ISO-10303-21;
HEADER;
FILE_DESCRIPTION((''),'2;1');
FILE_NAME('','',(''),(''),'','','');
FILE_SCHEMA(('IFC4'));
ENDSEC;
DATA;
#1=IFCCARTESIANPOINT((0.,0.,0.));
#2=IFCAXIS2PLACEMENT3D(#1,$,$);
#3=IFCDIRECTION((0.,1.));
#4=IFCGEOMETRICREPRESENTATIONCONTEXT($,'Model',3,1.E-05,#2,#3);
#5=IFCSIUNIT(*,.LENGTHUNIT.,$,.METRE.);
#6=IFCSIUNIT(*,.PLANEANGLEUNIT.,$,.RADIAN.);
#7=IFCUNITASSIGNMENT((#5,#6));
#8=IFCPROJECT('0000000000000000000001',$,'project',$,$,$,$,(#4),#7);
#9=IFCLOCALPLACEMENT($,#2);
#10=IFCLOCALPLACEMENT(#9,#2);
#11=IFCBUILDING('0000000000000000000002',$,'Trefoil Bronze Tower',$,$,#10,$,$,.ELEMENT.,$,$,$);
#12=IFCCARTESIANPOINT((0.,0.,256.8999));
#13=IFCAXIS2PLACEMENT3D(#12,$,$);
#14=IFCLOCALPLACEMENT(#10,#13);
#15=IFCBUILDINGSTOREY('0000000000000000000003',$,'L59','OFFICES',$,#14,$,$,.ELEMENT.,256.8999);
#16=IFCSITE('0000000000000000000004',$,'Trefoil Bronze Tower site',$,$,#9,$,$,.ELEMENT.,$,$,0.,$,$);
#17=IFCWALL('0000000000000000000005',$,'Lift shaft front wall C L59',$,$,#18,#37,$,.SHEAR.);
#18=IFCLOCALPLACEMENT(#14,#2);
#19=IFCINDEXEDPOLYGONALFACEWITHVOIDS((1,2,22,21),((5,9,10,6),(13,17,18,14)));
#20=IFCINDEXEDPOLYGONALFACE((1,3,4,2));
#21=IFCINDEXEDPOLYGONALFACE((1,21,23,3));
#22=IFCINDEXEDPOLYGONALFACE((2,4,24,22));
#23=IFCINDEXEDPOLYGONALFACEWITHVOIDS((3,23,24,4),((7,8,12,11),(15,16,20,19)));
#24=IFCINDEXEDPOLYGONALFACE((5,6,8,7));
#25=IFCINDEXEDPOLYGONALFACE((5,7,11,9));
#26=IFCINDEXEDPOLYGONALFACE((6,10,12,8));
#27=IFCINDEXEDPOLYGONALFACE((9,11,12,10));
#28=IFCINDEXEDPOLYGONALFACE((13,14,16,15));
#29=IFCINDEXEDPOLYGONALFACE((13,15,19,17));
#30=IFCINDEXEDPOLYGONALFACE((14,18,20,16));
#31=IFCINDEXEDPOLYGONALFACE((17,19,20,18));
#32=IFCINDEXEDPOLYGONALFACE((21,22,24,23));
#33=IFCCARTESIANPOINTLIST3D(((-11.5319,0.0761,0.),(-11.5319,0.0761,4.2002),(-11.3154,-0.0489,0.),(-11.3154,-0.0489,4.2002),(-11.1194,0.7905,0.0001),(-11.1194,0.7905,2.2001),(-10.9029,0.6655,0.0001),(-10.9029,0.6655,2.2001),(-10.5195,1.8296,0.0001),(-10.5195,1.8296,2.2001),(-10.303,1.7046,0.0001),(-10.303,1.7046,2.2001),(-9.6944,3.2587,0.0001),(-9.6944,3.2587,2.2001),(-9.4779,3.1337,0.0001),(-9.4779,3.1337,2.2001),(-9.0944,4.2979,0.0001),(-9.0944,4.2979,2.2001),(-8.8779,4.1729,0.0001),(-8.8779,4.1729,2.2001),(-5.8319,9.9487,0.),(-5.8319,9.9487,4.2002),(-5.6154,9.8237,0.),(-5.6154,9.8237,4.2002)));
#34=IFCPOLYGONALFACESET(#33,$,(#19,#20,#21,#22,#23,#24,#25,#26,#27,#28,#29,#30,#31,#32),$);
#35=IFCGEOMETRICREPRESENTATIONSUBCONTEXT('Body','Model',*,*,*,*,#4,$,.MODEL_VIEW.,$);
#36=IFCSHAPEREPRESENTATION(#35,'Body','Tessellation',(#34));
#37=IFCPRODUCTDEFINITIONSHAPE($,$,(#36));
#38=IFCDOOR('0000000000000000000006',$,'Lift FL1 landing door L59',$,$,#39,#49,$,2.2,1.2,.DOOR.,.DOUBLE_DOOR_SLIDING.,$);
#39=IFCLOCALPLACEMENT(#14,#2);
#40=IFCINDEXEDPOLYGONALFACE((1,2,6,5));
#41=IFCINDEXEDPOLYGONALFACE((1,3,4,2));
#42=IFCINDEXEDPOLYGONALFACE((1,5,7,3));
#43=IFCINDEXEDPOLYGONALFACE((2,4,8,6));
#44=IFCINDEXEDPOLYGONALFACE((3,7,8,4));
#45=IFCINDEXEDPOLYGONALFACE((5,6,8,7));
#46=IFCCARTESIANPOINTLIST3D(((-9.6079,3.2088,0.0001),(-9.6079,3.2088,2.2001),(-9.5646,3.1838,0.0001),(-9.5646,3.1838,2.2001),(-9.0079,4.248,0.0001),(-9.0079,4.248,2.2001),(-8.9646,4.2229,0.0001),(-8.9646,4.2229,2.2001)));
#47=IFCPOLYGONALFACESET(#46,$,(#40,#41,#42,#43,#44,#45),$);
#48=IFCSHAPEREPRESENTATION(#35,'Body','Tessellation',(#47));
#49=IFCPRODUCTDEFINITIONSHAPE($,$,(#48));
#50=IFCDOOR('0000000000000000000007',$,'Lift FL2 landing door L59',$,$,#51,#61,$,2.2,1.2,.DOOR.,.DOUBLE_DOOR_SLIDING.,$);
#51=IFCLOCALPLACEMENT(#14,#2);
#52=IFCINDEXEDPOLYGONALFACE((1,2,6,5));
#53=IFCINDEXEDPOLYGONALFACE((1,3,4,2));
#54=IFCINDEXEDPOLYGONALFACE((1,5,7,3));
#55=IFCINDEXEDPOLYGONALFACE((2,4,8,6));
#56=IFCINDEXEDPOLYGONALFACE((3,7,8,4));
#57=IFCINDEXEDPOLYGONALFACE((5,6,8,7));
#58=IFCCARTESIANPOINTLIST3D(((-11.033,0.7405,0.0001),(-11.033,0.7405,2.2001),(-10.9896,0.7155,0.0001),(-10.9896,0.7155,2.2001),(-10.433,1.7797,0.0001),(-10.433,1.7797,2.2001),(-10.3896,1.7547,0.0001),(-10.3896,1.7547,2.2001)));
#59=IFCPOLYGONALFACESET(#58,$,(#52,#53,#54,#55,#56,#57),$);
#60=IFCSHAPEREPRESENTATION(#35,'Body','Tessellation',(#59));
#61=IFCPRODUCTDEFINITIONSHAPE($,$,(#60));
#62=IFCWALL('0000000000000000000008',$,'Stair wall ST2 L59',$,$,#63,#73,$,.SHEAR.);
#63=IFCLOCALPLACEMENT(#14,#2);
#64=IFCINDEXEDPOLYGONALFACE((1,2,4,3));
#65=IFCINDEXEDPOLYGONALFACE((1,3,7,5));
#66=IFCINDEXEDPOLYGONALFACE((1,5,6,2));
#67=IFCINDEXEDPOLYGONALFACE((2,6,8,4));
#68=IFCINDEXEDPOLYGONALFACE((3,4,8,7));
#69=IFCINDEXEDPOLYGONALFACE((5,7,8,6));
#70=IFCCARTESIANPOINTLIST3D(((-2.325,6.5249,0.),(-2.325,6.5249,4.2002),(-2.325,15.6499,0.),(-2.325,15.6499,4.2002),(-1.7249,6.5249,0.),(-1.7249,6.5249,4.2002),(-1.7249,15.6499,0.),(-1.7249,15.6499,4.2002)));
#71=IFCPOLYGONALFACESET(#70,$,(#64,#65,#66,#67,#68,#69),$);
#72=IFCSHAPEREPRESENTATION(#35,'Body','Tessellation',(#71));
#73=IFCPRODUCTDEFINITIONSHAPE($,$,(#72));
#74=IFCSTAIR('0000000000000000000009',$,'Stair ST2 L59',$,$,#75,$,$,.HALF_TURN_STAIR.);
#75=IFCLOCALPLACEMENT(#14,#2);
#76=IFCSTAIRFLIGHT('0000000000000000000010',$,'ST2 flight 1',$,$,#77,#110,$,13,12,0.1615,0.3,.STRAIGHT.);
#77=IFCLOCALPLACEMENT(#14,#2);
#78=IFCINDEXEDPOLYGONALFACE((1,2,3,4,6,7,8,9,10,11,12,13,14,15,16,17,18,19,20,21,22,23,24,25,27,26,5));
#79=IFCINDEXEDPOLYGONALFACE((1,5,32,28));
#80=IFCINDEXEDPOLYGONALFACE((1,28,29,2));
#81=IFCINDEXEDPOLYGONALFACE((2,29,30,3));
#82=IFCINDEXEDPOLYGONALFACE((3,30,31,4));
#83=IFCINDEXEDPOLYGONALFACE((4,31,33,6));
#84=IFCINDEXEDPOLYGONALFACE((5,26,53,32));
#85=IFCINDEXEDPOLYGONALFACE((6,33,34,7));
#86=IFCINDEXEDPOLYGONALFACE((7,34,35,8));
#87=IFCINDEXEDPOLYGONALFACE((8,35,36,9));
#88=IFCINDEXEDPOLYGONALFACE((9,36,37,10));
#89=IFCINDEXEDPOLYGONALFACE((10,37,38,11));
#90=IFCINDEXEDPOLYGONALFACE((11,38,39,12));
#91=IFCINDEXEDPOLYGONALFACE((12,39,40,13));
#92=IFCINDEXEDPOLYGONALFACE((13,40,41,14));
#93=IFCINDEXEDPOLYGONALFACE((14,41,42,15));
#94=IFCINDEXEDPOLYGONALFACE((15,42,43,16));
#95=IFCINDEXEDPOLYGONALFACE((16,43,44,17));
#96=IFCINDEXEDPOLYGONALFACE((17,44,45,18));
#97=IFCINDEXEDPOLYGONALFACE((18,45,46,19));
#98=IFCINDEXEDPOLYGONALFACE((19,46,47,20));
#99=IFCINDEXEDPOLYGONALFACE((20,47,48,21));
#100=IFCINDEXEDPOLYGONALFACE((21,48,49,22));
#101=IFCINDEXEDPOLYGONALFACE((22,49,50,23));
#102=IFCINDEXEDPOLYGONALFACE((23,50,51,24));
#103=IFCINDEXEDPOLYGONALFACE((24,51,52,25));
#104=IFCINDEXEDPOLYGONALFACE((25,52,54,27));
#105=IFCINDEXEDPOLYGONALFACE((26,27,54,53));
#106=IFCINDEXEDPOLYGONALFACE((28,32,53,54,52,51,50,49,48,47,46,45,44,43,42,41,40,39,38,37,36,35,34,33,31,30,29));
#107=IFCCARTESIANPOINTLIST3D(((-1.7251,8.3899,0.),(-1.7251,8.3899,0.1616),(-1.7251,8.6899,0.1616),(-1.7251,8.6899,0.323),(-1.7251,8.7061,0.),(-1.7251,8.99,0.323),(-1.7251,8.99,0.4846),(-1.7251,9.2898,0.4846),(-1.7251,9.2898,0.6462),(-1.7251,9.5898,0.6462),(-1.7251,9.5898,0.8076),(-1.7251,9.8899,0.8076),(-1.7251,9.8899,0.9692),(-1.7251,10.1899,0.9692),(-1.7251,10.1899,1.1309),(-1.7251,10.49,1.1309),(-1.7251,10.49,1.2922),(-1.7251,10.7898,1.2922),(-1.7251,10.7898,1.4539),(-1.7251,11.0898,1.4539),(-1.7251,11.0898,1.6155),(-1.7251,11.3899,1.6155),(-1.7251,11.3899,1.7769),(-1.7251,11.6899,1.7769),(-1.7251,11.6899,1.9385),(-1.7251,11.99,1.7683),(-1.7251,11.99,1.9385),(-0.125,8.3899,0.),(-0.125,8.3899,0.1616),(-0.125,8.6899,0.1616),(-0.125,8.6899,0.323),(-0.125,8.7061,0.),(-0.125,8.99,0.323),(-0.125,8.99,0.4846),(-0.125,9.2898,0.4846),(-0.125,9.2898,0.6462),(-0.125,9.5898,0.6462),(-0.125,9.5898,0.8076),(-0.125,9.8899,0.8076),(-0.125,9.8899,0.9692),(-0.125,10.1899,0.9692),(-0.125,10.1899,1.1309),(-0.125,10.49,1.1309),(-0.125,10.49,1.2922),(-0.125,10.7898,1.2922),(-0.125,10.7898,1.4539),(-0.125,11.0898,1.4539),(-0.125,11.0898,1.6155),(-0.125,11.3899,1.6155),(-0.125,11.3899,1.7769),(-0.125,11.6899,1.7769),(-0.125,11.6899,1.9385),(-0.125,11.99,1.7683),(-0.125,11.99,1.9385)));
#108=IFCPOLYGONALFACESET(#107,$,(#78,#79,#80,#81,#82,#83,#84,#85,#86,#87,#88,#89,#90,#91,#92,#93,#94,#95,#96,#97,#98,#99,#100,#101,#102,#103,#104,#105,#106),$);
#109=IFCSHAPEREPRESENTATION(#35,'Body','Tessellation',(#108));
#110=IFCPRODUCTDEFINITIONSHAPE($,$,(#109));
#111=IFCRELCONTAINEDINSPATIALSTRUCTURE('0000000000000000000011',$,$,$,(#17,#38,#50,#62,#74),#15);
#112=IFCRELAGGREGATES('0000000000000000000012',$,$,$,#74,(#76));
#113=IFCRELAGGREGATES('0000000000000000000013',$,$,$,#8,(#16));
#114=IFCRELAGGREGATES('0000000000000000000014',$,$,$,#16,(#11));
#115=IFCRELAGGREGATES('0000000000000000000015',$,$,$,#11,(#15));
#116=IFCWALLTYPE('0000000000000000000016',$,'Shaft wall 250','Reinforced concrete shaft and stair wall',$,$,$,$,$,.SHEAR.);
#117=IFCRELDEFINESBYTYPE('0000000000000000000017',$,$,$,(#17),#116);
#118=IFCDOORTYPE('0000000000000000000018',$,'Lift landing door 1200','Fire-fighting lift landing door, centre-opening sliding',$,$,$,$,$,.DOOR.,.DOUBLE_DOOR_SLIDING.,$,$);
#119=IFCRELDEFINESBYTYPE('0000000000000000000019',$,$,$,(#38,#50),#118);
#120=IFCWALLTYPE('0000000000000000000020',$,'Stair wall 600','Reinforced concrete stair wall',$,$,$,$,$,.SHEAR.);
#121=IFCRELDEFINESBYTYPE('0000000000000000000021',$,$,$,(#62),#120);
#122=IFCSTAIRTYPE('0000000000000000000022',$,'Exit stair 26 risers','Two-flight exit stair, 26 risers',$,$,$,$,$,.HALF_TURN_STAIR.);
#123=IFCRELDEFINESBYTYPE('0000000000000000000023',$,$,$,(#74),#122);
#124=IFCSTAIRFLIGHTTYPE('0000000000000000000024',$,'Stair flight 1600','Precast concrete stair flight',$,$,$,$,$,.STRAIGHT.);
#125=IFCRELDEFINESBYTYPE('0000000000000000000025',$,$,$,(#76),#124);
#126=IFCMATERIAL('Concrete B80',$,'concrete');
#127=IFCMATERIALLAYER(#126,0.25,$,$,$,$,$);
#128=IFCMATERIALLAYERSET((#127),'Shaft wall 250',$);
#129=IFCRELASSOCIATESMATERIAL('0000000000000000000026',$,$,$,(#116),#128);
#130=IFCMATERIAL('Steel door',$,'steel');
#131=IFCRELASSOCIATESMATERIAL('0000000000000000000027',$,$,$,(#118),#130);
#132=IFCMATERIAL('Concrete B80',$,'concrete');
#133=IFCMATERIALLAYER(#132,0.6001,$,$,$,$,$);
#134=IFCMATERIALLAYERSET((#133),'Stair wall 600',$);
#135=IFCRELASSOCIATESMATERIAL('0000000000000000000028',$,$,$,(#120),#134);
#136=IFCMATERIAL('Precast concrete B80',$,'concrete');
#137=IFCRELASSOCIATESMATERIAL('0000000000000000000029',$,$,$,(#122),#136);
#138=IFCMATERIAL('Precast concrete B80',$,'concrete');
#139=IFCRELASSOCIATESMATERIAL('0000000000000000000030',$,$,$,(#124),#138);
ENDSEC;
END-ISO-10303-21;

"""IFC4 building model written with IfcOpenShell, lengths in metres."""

from ifc_helpers import new_model, si_unit, direction, frame, frame_2d, origin, place, context, subcontext, project, spatial, polyline, rectangle, outline, extrude, material, layer, layer_set, type_object, element, fill, aggregate, save


model = new_model("IFC4")

# Units and contexts
model_context = context("Model", 3, precision=1e-05, world=origin(), true_north=direction((0.0, 1.0)))
body_context = subcontext(model_context, "Body", "Model", "MODEL_VIEW")
ifc_project = project(units=[si_unit("LENGTHUNIT", "METRE"), si_unit("PLANEANGLEUNIT", "RADIAN")], contexts=[model_context])

# Site, building, storey
site_placement = place(None, origin())
site = spatial("IfcSite", under=ifc_project, at=site_placement, Name="Trefoil Bronze Tower site", CompositionType="ELEMENT", RefElevation=0.0)
building_placement = place(site_placement, origin())
building = spatial("IfcBuilding", under=site, at=building_placement, Name="Trefoil Bronze Tower", CompositionType="ELEMENT")
storey_placement = place(building_placement, frame((0.0, 0.0, 256.8999)))
storey = spatial("IfcBuildingStorey", under=building, at=storey_placement, Name="L59", Description="OFFICES", CompositionType="ELEMENT", Elevation=256.8999)

# Wall, openings, doors
ifc_material_1 = material(Name="Concrete B80", Category="concrete")
ifc_layer_1 = layer(ifc_material_1, 0.25)
ifc_layer_set_1 = layer_set([ifc_layer_1], Name="Shaft wall 250")
wall_type_1 = type_object("IfcWallType", Name="Shaft wall 250", Description="Reinforced concrete shaft and stair wall", PredefinedType="SHEAR", material=ifc_layer_set_1)
wall_1_placement = place(storey_placement, frame((-5.7236, 9.8862, 0.0), z_axis=(0.0, 0.0, 1.0), x_axis=(-0.500002, -0.866024, 0.0)))
wall_1 = element("IfcWall", 1, at=wall_1_placement, inside=storey, type_object=wall_type_1, Name="Lift shaft front wall C L59", PredefinedType="SHEAR", context=body_context, shape_type="SweptSolid", body=[
    extrude(rectangle(XDim=11.3999, YDim=0.25, at=frame_2d((5.7, 0.0))), origin(), (0.0, 0.0, 1.0), 4.2002),
])
opening_1_placement = place(wall_1_placement, frame((6.5249, 0.0, 0.0)))
opening_1 = element("IfcOpeningElement", 2, at=opening_1_placement, cuts=wall_1, PredefinedType="OPENING", context=body_context, shape_type="SweptSolid", body=[
    extrude(rectangle(XDim=1.2, YDim=2.2, at=frame_2d((0.6001, 1.1001))), frame((0.0, 0.135, 0.0), z_axis=(0.0, -1.0, 0.0), x_axis=(1.0, 0.0, 0.0)), (0.0, 0.0, 1.0), 0.27),
])
opening_2_placement = place(wall_1_placement, frame((9.375, 0.0, 0.0)))
opening_2 = element("IfcOpeningElement", 3, at=opening_2_placement, cuts=wall_1, PredefinedType="OPENING", context=body_context, shape_type="SweptSolid", body=[
    extrude(rectangle(XDim=1.2, YDim=2.2, at=frame_2d((0.6001, 1.1001))), frame((0.0, 0.135, 0.0), z_axis=(0.0, -1.0, 0.0), x_axis=(1.0, 0.0, 0.0)), (0.0, 0.0, 1.0), 0.27),
])
ifc_material_2 = material(Name="Steel door", Category="steel")
door_type_1 = type_object("IfcDoorType", Name="Lift landing door 1200", Description="Fire-fighting lift landing door, centre-opening sliding", OperationType="DOUBLE_DOOR_SLIDING", PredefinedType="DOOR", material=ifc_material_2)
door_1_placement = place(opening_1_placement, origin())
door_1 = element("IfcDoor", 4, at=door_1_placement, inside=storey, type_object=door_type_1, Name="Lift FL1 landing door L59", OperationType="DOUBLE_DOOR_SLIDING", OverallHeight=2.2, OverallWidth=1.2, PredefinedType="DOOR", context=body_context, shape_type="SweptSolid", body=[
    extrude(rectangle(XDim=1.2, YDim=2.2, at=frame_2d((0.6001, 1.1001))), frame((0.0, 0.0249, 0.0), z_axis=(0.0, -1.0, 0.0), x_axis=(1.0, 0.0, 0.0)), (0.0, 0.0, 1.0), 0.05),
])
fill(opening_1, door_1)
door_2_placement = place(opening_2_placement, origin())
door_2 = element("IfcDoor", 5, at=door_2_placement, inside=storey, type_object=door_type_1, Name="Lift FL2 landing door L59", OperationType="DOUBLE_DOOR_SLIDING", OverallHeight=2.2, OverallWidth=1.2, PredefinedType="DOOR", context=body_context, shape_type="SweptSolid", body=[
    extrude(rectangle(XDim=1.2, YDim=2.2, at=frame_2d((0.6001, 1.1001))), frame((0.0, 0.0249, 0.0), z_axis=(0.0, -1.0, 0.0), x_axis=(1.0, 0.0, 0.0)), (0.0, 0.0, 1.0), 0.05),
])
fill(opening_2, door_2)

# Wall
ifc_material_3 = material(Name="Concrete B80", Category="concrete")
ifc_layer_2 = layer(ifc_material_3, 0.6001)
ifc_layer_set_2 = layer_set([ifc_layer_2], Name="Stair wall 600")
wall_type_2 = type_object("IfcWallType", Name="Stair wall 600", Description="Reinforced concrete stair wall", PredefinedType="SHEAR", material=ifc_layer_set_2)
wall_2_placement = place(storey_placement, frame((-2.0249, 6.5249, 0.0), z_axis=(0.0, 0.0, 1.0), x_axis=(0.0, 1.0, 0.0)))
element("IfcWall", 6, at=wall_2_placement, inside=storey, type_object=wall_type_2, Name="Stair wall ST2 L59", PredefinedType="SHEAR", context=body_context, shape_type="SweptSolid", body=[
    extrude(rectangle(XDim=9.125, YDim=0.6001, at=frame_2d((4.5625, 0.0))), origin(), (0.0, 0.0, 1.0), 4.2002),
])

# Stair, stair flight
ifc_material_4 = material(Name="Precast concrete B80", Category="concrete")
stair_type = type_object("IfcStairType", Name="Exit stair 26 risers", Description="Two-flight exit stair, 26 risers", PredefinedType="HALF_TURN_STAIR", material=ifc_material_4)
stair_placement = place(storey_placement, origin())
stair = element("IfcStair", 7, at=stair_placement, inside=storey, type_object=stair_type, Name="Stair ST2 L59", PredefinedType="HALF_TURN_STAIR")
ifc_material_5 = material(Name="Precast concrete B80", Category="concrete")
stair_flight_type = type_object("IfcStairFlightType", Name="Stair flight 1600", Description="Precast concrete stair flight", PredefinedType="STRAIGHT", material=ifc_material_5)
stair_flight_placement = place(storey_placement, frame((-0.925, 8.3899, 0.0), z_axis=(0.0, 0.0, 1.0), x_axis=(0.0, 1.0, 0.0)))
stair_flight = element("IfcStairFlight", 8, at=stair_flight_placement, type_object=stair_flight_type, Name="ST2 flight 1", NumberOfRisers=13, NumberOfTreads=12, PredefinedType="STRAIGHT", RiserHeight=0.1615, TreadLength=0.3, context=body_context, shape_type="SweptSolid", body=[
    extrude(outline(polyline([(0.0, 0.0), (0.0, 0.1616), (0.3, 0.1616), (0.3, 0.323), (0.6001, 0.323), (0.6001, 0.4846), (0.8999, 0.4846), (0.8999, 0.6462), (1.2, 0.6462), (1.2, 0.8076), (1.5, 0.8076), (1.5, 0.9692), (1.8, 0.9692), (1.8, 1.1309), (2.1001, 1.1309), (2.1001, 1.2922), (2.3999, 1.2922), (2.3999, 1.4539), (2.7, 1.4539), (2.7, 1.6155), (3.0, 1.6155), (3.0, 1.7769), (3.3, 1.7769), (3.3, 1.9385), (3.6001, 1.9385), (3.6001, 2.1001), (3.6001, 1.7683), (0.3162, 0.0), (0.0, 0.0)])), frame((0.0, 0.8, 0.0), z_axis=(0.0, -1.0, 0.0), x_axis=(1.0, 0.0, 0.0)), (0.0, 0.0, 1.0), 1.6001),
])
aggregate(stair, [stair_flight])

save(model, "model.ifc")
